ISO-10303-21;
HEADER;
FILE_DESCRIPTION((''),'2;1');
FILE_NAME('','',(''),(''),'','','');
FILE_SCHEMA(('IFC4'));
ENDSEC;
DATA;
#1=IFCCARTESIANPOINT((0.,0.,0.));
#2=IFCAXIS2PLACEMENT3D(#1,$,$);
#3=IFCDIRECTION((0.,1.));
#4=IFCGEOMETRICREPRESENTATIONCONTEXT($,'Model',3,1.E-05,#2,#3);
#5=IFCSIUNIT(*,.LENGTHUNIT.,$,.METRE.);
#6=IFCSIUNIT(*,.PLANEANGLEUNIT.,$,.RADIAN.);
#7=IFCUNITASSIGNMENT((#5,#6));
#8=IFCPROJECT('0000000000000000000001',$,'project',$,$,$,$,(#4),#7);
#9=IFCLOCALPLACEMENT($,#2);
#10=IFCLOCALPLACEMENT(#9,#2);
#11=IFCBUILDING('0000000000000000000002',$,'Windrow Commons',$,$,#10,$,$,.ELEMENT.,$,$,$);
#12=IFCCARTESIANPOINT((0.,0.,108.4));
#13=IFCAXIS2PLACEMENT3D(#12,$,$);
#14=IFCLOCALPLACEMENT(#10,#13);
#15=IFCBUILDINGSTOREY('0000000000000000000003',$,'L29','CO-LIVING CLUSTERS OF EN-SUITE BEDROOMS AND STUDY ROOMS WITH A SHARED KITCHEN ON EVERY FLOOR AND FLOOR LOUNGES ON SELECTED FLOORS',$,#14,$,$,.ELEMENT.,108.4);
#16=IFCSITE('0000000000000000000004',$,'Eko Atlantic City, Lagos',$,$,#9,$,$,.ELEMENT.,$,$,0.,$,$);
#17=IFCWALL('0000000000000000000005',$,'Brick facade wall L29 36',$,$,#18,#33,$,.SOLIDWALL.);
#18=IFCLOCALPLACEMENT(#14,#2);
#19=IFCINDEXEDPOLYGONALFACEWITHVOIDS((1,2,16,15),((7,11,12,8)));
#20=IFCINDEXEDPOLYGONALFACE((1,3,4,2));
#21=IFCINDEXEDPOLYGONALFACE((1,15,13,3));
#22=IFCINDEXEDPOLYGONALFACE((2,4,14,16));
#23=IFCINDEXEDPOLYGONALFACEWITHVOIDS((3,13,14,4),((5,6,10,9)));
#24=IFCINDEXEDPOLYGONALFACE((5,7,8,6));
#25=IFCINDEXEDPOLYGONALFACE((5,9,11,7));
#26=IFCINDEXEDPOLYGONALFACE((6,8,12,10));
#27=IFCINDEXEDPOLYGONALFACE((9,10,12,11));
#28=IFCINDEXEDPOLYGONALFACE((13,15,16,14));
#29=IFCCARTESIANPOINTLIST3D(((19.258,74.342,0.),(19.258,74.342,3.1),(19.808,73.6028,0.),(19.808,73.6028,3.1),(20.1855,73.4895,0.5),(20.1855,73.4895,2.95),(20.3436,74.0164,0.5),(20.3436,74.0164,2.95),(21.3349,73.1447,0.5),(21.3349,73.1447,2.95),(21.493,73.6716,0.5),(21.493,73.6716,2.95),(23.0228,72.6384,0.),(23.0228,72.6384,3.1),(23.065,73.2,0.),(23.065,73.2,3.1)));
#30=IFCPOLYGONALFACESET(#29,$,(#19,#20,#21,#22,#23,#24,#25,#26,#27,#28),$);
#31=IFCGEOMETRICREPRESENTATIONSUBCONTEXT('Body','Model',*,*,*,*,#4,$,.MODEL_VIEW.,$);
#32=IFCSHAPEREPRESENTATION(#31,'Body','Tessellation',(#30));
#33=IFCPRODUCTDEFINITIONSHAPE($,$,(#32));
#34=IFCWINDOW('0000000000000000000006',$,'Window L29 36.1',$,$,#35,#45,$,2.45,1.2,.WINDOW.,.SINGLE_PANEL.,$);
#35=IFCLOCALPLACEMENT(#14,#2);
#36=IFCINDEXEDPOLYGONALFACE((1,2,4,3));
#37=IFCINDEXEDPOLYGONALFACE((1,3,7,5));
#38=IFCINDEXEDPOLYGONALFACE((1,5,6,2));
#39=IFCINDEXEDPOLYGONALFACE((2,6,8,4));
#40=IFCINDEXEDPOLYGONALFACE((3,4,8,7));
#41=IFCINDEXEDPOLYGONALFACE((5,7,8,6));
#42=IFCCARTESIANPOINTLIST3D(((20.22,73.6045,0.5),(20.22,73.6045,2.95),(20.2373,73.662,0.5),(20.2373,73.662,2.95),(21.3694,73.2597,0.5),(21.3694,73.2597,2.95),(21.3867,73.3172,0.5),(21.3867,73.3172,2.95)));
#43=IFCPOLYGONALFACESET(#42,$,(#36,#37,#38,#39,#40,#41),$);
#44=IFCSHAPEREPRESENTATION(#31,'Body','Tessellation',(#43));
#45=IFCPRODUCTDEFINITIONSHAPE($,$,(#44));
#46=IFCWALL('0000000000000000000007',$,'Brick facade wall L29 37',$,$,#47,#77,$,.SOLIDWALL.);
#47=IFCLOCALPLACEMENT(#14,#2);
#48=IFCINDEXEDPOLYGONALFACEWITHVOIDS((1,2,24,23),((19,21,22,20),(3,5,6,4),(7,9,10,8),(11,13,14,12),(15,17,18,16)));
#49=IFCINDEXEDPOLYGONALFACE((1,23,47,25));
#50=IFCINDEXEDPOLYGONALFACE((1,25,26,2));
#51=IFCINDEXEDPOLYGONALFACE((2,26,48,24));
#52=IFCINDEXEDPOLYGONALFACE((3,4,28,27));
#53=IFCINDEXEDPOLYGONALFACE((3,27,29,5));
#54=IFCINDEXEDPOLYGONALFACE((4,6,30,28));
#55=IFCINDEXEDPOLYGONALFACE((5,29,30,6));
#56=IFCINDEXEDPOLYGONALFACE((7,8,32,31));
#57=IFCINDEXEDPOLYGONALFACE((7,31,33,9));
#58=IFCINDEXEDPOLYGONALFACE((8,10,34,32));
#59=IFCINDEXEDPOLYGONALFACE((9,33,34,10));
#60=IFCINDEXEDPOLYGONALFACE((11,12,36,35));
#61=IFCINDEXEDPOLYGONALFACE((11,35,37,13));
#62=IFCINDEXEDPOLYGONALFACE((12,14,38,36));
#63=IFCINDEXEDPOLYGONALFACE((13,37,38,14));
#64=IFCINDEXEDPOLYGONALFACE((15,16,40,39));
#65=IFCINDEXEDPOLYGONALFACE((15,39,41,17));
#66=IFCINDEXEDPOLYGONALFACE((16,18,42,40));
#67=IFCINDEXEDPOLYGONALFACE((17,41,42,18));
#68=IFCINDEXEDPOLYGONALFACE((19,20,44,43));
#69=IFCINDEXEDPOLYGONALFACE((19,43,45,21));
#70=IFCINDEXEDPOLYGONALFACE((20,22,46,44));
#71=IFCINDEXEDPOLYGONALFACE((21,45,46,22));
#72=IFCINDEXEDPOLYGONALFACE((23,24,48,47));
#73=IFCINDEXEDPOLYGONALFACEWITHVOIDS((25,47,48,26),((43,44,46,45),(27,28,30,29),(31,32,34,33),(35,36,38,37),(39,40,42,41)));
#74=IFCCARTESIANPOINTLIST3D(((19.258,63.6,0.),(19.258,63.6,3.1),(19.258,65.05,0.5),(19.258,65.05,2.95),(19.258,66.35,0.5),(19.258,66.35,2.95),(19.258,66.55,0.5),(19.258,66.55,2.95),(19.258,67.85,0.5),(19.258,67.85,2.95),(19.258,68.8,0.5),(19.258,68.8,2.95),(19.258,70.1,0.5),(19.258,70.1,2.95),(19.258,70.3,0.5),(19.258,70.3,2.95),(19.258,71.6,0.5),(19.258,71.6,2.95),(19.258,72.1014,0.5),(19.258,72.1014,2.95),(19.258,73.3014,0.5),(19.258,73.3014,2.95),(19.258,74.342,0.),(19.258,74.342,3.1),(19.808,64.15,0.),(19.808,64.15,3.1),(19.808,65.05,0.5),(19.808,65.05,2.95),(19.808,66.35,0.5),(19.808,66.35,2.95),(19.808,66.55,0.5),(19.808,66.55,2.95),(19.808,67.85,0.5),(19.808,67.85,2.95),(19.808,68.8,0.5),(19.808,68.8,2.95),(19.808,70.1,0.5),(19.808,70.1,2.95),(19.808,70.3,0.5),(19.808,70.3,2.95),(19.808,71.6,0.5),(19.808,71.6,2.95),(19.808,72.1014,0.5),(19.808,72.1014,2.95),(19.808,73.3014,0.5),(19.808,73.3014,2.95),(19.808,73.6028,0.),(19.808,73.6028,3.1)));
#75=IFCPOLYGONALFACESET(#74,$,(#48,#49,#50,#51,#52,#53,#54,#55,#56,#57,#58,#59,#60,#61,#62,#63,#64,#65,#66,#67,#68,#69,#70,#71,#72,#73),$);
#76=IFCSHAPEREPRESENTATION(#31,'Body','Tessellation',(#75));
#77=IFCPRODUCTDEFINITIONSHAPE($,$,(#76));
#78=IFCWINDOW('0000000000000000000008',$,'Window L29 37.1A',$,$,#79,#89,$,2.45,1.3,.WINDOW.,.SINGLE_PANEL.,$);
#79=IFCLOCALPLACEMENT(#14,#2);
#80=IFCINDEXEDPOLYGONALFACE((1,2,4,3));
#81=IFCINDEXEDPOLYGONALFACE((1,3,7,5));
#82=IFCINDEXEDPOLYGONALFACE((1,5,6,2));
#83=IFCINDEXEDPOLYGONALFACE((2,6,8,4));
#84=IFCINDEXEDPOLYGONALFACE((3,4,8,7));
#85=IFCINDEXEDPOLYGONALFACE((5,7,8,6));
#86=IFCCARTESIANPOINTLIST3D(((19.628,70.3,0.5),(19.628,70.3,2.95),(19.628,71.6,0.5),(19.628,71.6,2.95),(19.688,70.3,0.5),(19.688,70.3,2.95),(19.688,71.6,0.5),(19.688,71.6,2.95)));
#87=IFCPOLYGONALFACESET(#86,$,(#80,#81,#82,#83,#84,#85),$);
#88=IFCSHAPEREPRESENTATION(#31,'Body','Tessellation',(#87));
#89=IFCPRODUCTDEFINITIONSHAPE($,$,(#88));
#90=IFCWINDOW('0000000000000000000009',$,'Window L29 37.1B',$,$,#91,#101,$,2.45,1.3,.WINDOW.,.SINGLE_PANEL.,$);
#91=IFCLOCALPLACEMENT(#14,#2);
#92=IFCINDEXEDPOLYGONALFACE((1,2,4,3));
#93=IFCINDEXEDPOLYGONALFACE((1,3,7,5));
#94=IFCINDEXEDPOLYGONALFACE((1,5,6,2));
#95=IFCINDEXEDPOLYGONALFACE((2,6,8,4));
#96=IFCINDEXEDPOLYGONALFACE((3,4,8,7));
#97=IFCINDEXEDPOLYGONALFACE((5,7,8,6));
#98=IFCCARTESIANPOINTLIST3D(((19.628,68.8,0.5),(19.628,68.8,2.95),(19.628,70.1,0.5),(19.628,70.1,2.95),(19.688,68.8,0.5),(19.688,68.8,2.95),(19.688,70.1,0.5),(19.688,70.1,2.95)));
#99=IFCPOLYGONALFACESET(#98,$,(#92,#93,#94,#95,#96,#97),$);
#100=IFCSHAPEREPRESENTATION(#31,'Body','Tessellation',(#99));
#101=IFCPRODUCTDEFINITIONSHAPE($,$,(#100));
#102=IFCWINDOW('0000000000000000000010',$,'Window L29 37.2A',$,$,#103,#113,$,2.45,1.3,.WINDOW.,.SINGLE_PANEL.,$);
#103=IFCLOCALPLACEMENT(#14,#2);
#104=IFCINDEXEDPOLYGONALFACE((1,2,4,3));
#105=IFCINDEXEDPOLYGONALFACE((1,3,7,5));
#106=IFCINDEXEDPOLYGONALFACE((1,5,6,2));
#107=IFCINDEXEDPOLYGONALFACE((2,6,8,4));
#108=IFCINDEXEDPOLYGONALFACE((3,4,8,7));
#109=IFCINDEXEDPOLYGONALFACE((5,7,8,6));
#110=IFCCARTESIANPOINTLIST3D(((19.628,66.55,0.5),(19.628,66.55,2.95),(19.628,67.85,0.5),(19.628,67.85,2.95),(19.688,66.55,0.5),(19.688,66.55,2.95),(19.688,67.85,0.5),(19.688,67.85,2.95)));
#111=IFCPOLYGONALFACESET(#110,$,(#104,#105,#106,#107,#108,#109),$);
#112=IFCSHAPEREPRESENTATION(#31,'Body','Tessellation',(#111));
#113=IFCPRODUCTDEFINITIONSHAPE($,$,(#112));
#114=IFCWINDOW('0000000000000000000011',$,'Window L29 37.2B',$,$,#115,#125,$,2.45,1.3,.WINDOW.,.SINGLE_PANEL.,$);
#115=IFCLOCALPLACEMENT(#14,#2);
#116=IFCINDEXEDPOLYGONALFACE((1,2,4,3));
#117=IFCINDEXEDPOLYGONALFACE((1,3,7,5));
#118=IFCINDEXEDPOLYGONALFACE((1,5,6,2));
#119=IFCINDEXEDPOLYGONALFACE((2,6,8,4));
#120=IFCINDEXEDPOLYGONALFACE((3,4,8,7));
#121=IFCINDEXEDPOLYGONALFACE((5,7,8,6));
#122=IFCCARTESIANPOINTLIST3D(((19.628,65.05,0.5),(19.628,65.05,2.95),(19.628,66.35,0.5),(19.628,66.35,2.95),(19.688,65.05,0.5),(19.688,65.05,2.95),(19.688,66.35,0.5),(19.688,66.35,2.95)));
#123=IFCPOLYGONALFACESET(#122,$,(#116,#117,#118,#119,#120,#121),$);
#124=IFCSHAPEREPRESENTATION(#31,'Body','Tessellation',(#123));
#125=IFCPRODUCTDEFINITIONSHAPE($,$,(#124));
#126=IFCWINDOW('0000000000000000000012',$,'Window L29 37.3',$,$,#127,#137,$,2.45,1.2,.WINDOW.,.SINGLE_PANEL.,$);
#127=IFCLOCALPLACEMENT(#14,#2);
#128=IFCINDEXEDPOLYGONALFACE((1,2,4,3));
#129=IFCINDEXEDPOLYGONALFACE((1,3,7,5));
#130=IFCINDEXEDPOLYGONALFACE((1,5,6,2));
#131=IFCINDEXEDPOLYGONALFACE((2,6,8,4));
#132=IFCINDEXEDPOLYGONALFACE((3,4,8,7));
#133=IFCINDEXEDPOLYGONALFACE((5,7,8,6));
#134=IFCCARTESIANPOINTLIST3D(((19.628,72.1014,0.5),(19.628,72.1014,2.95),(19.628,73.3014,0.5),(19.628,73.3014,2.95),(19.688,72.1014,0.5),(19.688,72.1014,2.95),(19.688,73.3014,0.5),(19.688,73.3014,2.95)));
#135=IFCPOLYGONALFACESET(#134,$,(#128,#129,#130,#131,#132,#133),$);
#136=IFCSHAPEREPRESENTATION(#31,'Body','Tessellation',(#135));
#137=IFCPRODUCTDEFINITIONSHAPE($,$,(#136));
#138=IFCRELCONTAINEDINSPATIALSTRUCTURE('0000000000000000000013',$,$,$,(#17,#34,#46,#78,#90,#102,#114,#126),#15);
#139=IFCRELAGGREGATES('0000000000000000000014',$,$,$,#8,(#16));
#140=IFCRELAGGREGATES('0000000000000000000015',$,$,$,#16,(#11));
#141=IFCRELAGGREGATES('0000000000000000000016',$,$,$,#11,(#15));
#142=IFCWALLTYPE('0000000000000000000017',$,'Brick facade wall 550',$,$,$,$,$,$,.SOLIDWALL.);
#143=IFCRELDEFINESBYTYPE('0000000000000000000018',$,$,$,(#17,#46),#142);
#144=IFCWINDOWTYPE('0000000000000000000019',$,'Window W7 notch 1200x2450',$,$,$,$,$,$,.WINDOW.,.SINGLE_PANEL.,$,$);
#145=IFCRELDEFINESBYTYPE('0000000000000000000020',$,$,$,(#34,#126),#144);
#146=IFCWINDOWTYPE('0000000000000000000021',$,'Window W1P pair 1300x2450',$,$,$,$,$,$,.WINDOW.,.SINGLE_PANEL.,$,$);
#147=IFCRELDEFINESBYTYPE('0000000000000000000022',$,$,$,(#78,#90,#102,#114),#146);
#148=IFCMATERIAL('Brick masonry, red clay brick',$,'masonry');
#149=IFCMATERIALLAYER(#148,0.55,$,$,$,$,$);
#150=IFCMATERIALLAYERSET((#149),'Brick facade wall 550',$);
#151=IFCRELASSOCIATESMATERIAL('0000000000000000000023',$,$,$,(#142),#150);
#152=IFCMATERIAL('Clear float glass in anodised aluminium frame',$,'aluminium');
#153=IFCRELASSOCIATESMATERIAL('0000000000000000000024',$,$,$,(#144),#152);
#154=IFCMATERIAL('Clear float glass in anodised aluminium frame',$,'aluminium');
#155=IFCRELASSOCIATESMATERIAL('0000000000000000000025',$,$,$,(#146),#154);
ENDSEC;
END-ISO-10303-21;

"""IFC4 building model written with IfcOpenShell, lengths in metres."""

from ifc_helpers import new_model, si_unit, direction, frame, frame_2d, origin, place, context, subcontext, project, spatial, polyline, rectangle, outline, extrude, material, layer, layer_set, type_object, element, fill, save


model = new_model("IFC4")

# Units and contexts
model_context = context("Model", 3, precision=1e-05, world=origin(), true_north=direction((0.0, 1.0)))
body_context = subcontext(model_context, "Body", "Model", "MODEL_VIEW")
ifc_project = project(units=[si_unit("LENGTHUNIT", "METRE"), si_unit("PLANEANGLEUNIT", "RADIAN")], contexts=[model_context])

# Site, building, storey
site_placement = place(None, origin())
site = spatial("IfcSite", under=ifc_project, at=site_placement, Name="Eko Atlantic City, Lagos", CompositionType="ELEMENT", RefElevation=0.0)
building_placement = place(site_placement, origin())
building = spatial("IfcBuilding", under=site, at=building_placement, Name="Windrow Commons", CompositionType="ELEMENT")
storey_placement = place(building_placement, frame((0.0, 0.0, 108.4)))
storey = spatial("IfcBuildingStorey", under=building, at=storey_placement, Name="L29", Description="CO-LIVING CLUSTERS OF EN-SUITE BEDROOMS AND STUDY ROOMS WITH A SHARED KITCHEN ON EVERY FLOOR AND FLOOR LOUNGES ON SELECTED FLOORS", CompositionType="ELEMENT", Elevation=108.4)

# Shared definitions
ifc_material_1 = material(Name="Brick masonry, red clay brick", Category="masonry")
ifc_layer_1 = layer(ifc_material_1, 0.55)
ifc_layer_set_1 = layer_set([ifc_layer_1], Name="Brick facade wall 550")
wall_type_1 = type_object("IfcWallType", Name="Brick facade wall 550", PredefinedType="SOLIDWALL", material=ifc_layer_set_1)
ifc_material_2 = material(Name="Clear float glass in anodised aluminium frame", Category="aluminium")
window_type_1 = type_object("IfcWindowType", Name="Window W7 notch 1200x2450", PartitioningType="SINGLE_PANEL", PredefinedType="WINDOW", material=ifc_material_2)

# Wall, opening, window
wall_1_placement = place(storey_placement, frame((23.0439, 72.9192, 0.0), z_axis=(0.0, 0.0, 1.0), x_axis=(-0.957832, 0.28733, 0.0)))
wall_1 = element("IfcWall", 1, at=wall_1_placement, inside=storey, type_object=wall_type_1, Name="Brick facade wall L29 36", PredefinedType="SOLIDWALL", context=body_context, shape_type="SweptSolid", body=[
    extrude(outline(polyline([(0.0605, -0.275), (4.0351, -0.275), (3.2959, 0.275), (-0.0605, 0.275), (0.0605, -0.275)])), origin(), (0.0, 0.0, 1.0), 3.1),
])
opening_1_placement = place(wall_1_placement, frame((1.7017, 0.0, 0.5)))
opening_1 = element("IfcOpeningElement", 2, at=opening_1_placement, cuts=wall_1, PredefinedType="OPENING", context=body_context, shape_type="SweptSolid", body=[
    extrude(rectangle(XDim=1.2, YDim=2.45, at=frame_2d((0.6, 1.225))), frame((0.0, 0.285, 0.0), z_axis=(0.0, -1.0, 0.0), x_axis=(1.0, 0.0, 0.0)), (0.0, 0.0, 1.0), 0.57),
])
window_1_placement = place(opening_1_placement, origin())
window_1 = element("IfcWindow", 3, at=window_1_placement, inside=storey, type_object=window_type_1, Name="Window L29 36.1", OverallHeight=2.45, OverallWidth=1.2, PartitioningType="SINGLE_PANEL", PredefinedType="WINDOW", context=body_context, shape_type="SweptSolid", body=[
    extrude(rectangle(XDim=1.2, YDim=2.45, at=frame_2d((0.6, 1.225))), frame((0.0, 0.155, 0.0), z_axis=(0.0, -1.0, 0.0), x_axis=(1.0, 0.0, 0.0)), (0.0, 0.0, 1.0), 0.06),
])
fill(opening_1, window_1)

# Wall, openings, windows
wall_2_placement = place(storey_placement, frame((19.533, 73.9724, 0.0), z_axis=(0.0, 0.0, 1.0), x_axis=(0.0, -1.0, 0.0)))
wall_2 = element("IfcWall", 4, at=wall_2_placement, inside=storey, type_object=wall_type_1, Name="Brick facade wall L29 37", PredefinedType="SOLIDWALL", context=body_context, shape_type="SweptSolid", body=[
    extrude(outline(polyline([(-0.3696, -0.275), (10.3724, -0.275), (9.8224, 0.275), (0.3696, 0.275), (-0.3696, -0.275)])), origin(), (0.0, 0.0, 1.0), 3.1),
])
opening_2_placement = place(wall_2_placement, frame((2.3724, 0.0, 0.5)))
opening_2 = element("IfcOpeningElement", 5, at=opening_2_placement, cuts=wall_2, PredefinedType="OPENING", context=body_context, shape_type="SweptSolid", body=[
    extrude(rectangle(XDim=1.3, YDim=2.45, at=frame_2d((0.65, 1.225))), frame((0.0, 0.285, 0.0), z_axis=(0.0, -1.0, 0.0), x_axis=(1.0, 0.0, 0.0)), (0.0, 0.0, 1.0), 0.57),
])
opening_3_placement = place(wall_2_placement, frame((3.8724, 0.0, 0.5)))
opening_3 = element("IfcOpeningElement", 6, at=opening_3_placement, cuts=wall_2, PredefinedType="OPENING", context=body_context, shape_type="SweptSolid", body=[
    extrude(rectangle(XDim=1.3, YDim=2.45, at=frame_2d((0.65, 1.225))), frame((0.0, 0.285, 0.0), z_axis=(0.0, -1.0, 0.0), x_axis=(1.0, 0.0, 0.0)), (0.0, 0.0, 1.0), 0.57),
])
opening_4_placement = place(wall_2_placement, frame((6.1224, 0.0, 0.5)))
opening_4 = element("IfcOpeningElement", 7, at=opening_4_placement, cuts=wall_2, PredefinedType="OPENING", context=body_context, shape_type="SweptSolid", body=[
    extrude(rectangle(XDim=1.3, YDim=2.45, at=frame_2d((0.65, 1.225))), frame((0.0, 0.285, 0.0), z_axis=(0.0, -1.0, 0.0), x_axis=(1.0, 0.0, 0.0)), (0.0, 0.0, 1.0), 0.57),
])
opening_5_placement = place(wall_2_placement, frame((7.6224, 0.0, 0.5)))
opening_5 = element("IfcOpeningElement", 8, at=opening_5_placement, cuts=wall_2, PredefinedType="OPENING", context=body_context, shape_type="SweptSolid", body=[
    extrude(rectangle(XDim=1.3, YDim=2.45, at=frame_2d((0.65, 1.225))), frame((0.0, 0.285, 0.0), z_axis=(0.0, -1.0, 0.0), x_axis=(1.0, 0.0, 0.0)), (0.0, 0.0, 1.0), 0.57),
])
opening_6_placement = place(wall_2_placement, frame((0.671, 0.0, 0.5)))
opening_6 = element("IfcOpeningElement", 9, at=opening_6_placement, cuts=wall_2, PredefinedType="OPENING", context=body_context, shape_type="SweptSolid", body=[
    extrude(rectangle(XDim=1.2, YDim=2.45, at=frame_2d((0.6, 1.225))), frame((0.0, 0.285, 0.0), z_axis=(0.0, -1.0, 0.0), x_axis=(1.0, 0.0, 0.0)), (0.0, 0.0, 1.0), 0.57),
])
ifc_material_3 = material(Name="Clear float glass in anodised aluminium frame", Category="aluminium")
window_type_2 = type_object("IfcWindowType", Name="Window W1P pair 1300x2450", PartitioningType="SINGLE_PANEL", PredefinedType="WINDOW", material=ifc_material_3)
window_2_placement = place(opening_2_placement, origin())
window_2 = element("IfcWindow", 10, at=window_2_placement, inside=storey, type_object=window_type_2, Name="Window L29 37.1A", OverallHeight=2.45, OverallWidth=1.3, PartitioningType="SINGLE_PANEL", PredefinedType="WINDOW", context=body_context, shape_type="SweptSolid", body=[
    extrude(rectangle(XDim=1.3, YDim=2.45, at=frame_2d((0.65, 1.225))), frame((0.0, 0.155, 0.0), z_axis=(0.0, -1.0, 0.0), x_axis=(1.0, 0.0, 0.0)), (0.0, 0.0, 1.0), 0.06),
])
fill(opening_2, window_2)
window_3_placement = place(opening_3_placement, origin())
window_3 = element("IfcWindow", 11, at=window_3_placement, inside=storey, type_object=window_type_2, Name="Window L29 37.1B", OverallHeight=2.45, OverallWidth=1.3, PartitioningType="SINGLE_PANEL", PredefinedType="WINDOW", context=body_context, shape_type="SweptSolid", body=[
    extrude(rectangle(XDim=1.3, YDim=2.45, at=frame_2d((0.65, 1.225))), frame((0.0, 0.155, 0.0), z_axis=(0.0, -1.0, 0.0), x_axis=(1.0, 0.0, 0.0)), (0.0, 0.0, 1.0), 0.06),
])
fill(opening_3, window_3)
window_4_placement = place(opening_4_placement, origin())
window_4 = element("IfcWindow", 12, at=window_4_placement, inside=storey, type_object=window_type_2, Name="Window L29 37.2A", OverallHeight=2.45, OverallWidth=1.3, PartitioningType="SINGLE_PANEL", PredefinedType="WINDOW", context=body_context, shape_type="SweptSolid", body=[
    extrude(rectangle(XDim=1.3, YDim=2.45, at=frame_2d((0.65, 1.225))), frame((0.0, 0.155, 0.0), z_axis=(0.0, -1.0, 0.0), x_axis=(1.0, 0.0, 0.0)), (0.0, 0.0, 1.0), 0.06),
])
fill(opening_4, window_4)
window_5_placement = place(opening_5_placement, origin())
window_5 = element("IfcWindow", 13, at=window_5_placement, inside=storey, type_object=window_type_2, Name="Window L29 37.2B", OverallHeight=2.45, OverallWidth=1.3, PartitioningType="SINGLE_PANEL", PredefinedType="WINDOW", context=body_context, shape_type="SweptSolid", body=[
    extrude(rectangle(XDim=1.3, YDim=2.45, at=frame_2d((0.65, 1.225))), frame((0.0, 0.155, 0.0), z_axis=(0.0, -1.0, 0.0), x_axis=(1.0, 0.0, 0.0)), (0.0, 0.0, 1.0), 0.06),
])
fill(opening_5, window_5)
window_6_placement = place(opening_6_placement, origin())
window_6 = element("IfcWindow", 14, at=window_6_placement, inside=storey, type_object=window_type_1, Name="Window L29 37.3", OverallHeight=2.45, OverallWidth=1.2, PartitioningType="SINGLE_PANEL", PredefinedType="WINDOW", context=body_context, shape_type="SweptSolid", body=[
    extrude(rectangle(XDim=1.2, YDim=2.45, at=frame_2d((0.6, 1.225))), frame((0.0, 0.155, 0.0), z_axis=(0.0, -1.0, 0.0), x_axis=(1.0, 0.0, 0.0)), (0.0, 0.0, 1.0), 0.06),
])
fill(opening_6, window_6)

save(model, "model.ifc")
